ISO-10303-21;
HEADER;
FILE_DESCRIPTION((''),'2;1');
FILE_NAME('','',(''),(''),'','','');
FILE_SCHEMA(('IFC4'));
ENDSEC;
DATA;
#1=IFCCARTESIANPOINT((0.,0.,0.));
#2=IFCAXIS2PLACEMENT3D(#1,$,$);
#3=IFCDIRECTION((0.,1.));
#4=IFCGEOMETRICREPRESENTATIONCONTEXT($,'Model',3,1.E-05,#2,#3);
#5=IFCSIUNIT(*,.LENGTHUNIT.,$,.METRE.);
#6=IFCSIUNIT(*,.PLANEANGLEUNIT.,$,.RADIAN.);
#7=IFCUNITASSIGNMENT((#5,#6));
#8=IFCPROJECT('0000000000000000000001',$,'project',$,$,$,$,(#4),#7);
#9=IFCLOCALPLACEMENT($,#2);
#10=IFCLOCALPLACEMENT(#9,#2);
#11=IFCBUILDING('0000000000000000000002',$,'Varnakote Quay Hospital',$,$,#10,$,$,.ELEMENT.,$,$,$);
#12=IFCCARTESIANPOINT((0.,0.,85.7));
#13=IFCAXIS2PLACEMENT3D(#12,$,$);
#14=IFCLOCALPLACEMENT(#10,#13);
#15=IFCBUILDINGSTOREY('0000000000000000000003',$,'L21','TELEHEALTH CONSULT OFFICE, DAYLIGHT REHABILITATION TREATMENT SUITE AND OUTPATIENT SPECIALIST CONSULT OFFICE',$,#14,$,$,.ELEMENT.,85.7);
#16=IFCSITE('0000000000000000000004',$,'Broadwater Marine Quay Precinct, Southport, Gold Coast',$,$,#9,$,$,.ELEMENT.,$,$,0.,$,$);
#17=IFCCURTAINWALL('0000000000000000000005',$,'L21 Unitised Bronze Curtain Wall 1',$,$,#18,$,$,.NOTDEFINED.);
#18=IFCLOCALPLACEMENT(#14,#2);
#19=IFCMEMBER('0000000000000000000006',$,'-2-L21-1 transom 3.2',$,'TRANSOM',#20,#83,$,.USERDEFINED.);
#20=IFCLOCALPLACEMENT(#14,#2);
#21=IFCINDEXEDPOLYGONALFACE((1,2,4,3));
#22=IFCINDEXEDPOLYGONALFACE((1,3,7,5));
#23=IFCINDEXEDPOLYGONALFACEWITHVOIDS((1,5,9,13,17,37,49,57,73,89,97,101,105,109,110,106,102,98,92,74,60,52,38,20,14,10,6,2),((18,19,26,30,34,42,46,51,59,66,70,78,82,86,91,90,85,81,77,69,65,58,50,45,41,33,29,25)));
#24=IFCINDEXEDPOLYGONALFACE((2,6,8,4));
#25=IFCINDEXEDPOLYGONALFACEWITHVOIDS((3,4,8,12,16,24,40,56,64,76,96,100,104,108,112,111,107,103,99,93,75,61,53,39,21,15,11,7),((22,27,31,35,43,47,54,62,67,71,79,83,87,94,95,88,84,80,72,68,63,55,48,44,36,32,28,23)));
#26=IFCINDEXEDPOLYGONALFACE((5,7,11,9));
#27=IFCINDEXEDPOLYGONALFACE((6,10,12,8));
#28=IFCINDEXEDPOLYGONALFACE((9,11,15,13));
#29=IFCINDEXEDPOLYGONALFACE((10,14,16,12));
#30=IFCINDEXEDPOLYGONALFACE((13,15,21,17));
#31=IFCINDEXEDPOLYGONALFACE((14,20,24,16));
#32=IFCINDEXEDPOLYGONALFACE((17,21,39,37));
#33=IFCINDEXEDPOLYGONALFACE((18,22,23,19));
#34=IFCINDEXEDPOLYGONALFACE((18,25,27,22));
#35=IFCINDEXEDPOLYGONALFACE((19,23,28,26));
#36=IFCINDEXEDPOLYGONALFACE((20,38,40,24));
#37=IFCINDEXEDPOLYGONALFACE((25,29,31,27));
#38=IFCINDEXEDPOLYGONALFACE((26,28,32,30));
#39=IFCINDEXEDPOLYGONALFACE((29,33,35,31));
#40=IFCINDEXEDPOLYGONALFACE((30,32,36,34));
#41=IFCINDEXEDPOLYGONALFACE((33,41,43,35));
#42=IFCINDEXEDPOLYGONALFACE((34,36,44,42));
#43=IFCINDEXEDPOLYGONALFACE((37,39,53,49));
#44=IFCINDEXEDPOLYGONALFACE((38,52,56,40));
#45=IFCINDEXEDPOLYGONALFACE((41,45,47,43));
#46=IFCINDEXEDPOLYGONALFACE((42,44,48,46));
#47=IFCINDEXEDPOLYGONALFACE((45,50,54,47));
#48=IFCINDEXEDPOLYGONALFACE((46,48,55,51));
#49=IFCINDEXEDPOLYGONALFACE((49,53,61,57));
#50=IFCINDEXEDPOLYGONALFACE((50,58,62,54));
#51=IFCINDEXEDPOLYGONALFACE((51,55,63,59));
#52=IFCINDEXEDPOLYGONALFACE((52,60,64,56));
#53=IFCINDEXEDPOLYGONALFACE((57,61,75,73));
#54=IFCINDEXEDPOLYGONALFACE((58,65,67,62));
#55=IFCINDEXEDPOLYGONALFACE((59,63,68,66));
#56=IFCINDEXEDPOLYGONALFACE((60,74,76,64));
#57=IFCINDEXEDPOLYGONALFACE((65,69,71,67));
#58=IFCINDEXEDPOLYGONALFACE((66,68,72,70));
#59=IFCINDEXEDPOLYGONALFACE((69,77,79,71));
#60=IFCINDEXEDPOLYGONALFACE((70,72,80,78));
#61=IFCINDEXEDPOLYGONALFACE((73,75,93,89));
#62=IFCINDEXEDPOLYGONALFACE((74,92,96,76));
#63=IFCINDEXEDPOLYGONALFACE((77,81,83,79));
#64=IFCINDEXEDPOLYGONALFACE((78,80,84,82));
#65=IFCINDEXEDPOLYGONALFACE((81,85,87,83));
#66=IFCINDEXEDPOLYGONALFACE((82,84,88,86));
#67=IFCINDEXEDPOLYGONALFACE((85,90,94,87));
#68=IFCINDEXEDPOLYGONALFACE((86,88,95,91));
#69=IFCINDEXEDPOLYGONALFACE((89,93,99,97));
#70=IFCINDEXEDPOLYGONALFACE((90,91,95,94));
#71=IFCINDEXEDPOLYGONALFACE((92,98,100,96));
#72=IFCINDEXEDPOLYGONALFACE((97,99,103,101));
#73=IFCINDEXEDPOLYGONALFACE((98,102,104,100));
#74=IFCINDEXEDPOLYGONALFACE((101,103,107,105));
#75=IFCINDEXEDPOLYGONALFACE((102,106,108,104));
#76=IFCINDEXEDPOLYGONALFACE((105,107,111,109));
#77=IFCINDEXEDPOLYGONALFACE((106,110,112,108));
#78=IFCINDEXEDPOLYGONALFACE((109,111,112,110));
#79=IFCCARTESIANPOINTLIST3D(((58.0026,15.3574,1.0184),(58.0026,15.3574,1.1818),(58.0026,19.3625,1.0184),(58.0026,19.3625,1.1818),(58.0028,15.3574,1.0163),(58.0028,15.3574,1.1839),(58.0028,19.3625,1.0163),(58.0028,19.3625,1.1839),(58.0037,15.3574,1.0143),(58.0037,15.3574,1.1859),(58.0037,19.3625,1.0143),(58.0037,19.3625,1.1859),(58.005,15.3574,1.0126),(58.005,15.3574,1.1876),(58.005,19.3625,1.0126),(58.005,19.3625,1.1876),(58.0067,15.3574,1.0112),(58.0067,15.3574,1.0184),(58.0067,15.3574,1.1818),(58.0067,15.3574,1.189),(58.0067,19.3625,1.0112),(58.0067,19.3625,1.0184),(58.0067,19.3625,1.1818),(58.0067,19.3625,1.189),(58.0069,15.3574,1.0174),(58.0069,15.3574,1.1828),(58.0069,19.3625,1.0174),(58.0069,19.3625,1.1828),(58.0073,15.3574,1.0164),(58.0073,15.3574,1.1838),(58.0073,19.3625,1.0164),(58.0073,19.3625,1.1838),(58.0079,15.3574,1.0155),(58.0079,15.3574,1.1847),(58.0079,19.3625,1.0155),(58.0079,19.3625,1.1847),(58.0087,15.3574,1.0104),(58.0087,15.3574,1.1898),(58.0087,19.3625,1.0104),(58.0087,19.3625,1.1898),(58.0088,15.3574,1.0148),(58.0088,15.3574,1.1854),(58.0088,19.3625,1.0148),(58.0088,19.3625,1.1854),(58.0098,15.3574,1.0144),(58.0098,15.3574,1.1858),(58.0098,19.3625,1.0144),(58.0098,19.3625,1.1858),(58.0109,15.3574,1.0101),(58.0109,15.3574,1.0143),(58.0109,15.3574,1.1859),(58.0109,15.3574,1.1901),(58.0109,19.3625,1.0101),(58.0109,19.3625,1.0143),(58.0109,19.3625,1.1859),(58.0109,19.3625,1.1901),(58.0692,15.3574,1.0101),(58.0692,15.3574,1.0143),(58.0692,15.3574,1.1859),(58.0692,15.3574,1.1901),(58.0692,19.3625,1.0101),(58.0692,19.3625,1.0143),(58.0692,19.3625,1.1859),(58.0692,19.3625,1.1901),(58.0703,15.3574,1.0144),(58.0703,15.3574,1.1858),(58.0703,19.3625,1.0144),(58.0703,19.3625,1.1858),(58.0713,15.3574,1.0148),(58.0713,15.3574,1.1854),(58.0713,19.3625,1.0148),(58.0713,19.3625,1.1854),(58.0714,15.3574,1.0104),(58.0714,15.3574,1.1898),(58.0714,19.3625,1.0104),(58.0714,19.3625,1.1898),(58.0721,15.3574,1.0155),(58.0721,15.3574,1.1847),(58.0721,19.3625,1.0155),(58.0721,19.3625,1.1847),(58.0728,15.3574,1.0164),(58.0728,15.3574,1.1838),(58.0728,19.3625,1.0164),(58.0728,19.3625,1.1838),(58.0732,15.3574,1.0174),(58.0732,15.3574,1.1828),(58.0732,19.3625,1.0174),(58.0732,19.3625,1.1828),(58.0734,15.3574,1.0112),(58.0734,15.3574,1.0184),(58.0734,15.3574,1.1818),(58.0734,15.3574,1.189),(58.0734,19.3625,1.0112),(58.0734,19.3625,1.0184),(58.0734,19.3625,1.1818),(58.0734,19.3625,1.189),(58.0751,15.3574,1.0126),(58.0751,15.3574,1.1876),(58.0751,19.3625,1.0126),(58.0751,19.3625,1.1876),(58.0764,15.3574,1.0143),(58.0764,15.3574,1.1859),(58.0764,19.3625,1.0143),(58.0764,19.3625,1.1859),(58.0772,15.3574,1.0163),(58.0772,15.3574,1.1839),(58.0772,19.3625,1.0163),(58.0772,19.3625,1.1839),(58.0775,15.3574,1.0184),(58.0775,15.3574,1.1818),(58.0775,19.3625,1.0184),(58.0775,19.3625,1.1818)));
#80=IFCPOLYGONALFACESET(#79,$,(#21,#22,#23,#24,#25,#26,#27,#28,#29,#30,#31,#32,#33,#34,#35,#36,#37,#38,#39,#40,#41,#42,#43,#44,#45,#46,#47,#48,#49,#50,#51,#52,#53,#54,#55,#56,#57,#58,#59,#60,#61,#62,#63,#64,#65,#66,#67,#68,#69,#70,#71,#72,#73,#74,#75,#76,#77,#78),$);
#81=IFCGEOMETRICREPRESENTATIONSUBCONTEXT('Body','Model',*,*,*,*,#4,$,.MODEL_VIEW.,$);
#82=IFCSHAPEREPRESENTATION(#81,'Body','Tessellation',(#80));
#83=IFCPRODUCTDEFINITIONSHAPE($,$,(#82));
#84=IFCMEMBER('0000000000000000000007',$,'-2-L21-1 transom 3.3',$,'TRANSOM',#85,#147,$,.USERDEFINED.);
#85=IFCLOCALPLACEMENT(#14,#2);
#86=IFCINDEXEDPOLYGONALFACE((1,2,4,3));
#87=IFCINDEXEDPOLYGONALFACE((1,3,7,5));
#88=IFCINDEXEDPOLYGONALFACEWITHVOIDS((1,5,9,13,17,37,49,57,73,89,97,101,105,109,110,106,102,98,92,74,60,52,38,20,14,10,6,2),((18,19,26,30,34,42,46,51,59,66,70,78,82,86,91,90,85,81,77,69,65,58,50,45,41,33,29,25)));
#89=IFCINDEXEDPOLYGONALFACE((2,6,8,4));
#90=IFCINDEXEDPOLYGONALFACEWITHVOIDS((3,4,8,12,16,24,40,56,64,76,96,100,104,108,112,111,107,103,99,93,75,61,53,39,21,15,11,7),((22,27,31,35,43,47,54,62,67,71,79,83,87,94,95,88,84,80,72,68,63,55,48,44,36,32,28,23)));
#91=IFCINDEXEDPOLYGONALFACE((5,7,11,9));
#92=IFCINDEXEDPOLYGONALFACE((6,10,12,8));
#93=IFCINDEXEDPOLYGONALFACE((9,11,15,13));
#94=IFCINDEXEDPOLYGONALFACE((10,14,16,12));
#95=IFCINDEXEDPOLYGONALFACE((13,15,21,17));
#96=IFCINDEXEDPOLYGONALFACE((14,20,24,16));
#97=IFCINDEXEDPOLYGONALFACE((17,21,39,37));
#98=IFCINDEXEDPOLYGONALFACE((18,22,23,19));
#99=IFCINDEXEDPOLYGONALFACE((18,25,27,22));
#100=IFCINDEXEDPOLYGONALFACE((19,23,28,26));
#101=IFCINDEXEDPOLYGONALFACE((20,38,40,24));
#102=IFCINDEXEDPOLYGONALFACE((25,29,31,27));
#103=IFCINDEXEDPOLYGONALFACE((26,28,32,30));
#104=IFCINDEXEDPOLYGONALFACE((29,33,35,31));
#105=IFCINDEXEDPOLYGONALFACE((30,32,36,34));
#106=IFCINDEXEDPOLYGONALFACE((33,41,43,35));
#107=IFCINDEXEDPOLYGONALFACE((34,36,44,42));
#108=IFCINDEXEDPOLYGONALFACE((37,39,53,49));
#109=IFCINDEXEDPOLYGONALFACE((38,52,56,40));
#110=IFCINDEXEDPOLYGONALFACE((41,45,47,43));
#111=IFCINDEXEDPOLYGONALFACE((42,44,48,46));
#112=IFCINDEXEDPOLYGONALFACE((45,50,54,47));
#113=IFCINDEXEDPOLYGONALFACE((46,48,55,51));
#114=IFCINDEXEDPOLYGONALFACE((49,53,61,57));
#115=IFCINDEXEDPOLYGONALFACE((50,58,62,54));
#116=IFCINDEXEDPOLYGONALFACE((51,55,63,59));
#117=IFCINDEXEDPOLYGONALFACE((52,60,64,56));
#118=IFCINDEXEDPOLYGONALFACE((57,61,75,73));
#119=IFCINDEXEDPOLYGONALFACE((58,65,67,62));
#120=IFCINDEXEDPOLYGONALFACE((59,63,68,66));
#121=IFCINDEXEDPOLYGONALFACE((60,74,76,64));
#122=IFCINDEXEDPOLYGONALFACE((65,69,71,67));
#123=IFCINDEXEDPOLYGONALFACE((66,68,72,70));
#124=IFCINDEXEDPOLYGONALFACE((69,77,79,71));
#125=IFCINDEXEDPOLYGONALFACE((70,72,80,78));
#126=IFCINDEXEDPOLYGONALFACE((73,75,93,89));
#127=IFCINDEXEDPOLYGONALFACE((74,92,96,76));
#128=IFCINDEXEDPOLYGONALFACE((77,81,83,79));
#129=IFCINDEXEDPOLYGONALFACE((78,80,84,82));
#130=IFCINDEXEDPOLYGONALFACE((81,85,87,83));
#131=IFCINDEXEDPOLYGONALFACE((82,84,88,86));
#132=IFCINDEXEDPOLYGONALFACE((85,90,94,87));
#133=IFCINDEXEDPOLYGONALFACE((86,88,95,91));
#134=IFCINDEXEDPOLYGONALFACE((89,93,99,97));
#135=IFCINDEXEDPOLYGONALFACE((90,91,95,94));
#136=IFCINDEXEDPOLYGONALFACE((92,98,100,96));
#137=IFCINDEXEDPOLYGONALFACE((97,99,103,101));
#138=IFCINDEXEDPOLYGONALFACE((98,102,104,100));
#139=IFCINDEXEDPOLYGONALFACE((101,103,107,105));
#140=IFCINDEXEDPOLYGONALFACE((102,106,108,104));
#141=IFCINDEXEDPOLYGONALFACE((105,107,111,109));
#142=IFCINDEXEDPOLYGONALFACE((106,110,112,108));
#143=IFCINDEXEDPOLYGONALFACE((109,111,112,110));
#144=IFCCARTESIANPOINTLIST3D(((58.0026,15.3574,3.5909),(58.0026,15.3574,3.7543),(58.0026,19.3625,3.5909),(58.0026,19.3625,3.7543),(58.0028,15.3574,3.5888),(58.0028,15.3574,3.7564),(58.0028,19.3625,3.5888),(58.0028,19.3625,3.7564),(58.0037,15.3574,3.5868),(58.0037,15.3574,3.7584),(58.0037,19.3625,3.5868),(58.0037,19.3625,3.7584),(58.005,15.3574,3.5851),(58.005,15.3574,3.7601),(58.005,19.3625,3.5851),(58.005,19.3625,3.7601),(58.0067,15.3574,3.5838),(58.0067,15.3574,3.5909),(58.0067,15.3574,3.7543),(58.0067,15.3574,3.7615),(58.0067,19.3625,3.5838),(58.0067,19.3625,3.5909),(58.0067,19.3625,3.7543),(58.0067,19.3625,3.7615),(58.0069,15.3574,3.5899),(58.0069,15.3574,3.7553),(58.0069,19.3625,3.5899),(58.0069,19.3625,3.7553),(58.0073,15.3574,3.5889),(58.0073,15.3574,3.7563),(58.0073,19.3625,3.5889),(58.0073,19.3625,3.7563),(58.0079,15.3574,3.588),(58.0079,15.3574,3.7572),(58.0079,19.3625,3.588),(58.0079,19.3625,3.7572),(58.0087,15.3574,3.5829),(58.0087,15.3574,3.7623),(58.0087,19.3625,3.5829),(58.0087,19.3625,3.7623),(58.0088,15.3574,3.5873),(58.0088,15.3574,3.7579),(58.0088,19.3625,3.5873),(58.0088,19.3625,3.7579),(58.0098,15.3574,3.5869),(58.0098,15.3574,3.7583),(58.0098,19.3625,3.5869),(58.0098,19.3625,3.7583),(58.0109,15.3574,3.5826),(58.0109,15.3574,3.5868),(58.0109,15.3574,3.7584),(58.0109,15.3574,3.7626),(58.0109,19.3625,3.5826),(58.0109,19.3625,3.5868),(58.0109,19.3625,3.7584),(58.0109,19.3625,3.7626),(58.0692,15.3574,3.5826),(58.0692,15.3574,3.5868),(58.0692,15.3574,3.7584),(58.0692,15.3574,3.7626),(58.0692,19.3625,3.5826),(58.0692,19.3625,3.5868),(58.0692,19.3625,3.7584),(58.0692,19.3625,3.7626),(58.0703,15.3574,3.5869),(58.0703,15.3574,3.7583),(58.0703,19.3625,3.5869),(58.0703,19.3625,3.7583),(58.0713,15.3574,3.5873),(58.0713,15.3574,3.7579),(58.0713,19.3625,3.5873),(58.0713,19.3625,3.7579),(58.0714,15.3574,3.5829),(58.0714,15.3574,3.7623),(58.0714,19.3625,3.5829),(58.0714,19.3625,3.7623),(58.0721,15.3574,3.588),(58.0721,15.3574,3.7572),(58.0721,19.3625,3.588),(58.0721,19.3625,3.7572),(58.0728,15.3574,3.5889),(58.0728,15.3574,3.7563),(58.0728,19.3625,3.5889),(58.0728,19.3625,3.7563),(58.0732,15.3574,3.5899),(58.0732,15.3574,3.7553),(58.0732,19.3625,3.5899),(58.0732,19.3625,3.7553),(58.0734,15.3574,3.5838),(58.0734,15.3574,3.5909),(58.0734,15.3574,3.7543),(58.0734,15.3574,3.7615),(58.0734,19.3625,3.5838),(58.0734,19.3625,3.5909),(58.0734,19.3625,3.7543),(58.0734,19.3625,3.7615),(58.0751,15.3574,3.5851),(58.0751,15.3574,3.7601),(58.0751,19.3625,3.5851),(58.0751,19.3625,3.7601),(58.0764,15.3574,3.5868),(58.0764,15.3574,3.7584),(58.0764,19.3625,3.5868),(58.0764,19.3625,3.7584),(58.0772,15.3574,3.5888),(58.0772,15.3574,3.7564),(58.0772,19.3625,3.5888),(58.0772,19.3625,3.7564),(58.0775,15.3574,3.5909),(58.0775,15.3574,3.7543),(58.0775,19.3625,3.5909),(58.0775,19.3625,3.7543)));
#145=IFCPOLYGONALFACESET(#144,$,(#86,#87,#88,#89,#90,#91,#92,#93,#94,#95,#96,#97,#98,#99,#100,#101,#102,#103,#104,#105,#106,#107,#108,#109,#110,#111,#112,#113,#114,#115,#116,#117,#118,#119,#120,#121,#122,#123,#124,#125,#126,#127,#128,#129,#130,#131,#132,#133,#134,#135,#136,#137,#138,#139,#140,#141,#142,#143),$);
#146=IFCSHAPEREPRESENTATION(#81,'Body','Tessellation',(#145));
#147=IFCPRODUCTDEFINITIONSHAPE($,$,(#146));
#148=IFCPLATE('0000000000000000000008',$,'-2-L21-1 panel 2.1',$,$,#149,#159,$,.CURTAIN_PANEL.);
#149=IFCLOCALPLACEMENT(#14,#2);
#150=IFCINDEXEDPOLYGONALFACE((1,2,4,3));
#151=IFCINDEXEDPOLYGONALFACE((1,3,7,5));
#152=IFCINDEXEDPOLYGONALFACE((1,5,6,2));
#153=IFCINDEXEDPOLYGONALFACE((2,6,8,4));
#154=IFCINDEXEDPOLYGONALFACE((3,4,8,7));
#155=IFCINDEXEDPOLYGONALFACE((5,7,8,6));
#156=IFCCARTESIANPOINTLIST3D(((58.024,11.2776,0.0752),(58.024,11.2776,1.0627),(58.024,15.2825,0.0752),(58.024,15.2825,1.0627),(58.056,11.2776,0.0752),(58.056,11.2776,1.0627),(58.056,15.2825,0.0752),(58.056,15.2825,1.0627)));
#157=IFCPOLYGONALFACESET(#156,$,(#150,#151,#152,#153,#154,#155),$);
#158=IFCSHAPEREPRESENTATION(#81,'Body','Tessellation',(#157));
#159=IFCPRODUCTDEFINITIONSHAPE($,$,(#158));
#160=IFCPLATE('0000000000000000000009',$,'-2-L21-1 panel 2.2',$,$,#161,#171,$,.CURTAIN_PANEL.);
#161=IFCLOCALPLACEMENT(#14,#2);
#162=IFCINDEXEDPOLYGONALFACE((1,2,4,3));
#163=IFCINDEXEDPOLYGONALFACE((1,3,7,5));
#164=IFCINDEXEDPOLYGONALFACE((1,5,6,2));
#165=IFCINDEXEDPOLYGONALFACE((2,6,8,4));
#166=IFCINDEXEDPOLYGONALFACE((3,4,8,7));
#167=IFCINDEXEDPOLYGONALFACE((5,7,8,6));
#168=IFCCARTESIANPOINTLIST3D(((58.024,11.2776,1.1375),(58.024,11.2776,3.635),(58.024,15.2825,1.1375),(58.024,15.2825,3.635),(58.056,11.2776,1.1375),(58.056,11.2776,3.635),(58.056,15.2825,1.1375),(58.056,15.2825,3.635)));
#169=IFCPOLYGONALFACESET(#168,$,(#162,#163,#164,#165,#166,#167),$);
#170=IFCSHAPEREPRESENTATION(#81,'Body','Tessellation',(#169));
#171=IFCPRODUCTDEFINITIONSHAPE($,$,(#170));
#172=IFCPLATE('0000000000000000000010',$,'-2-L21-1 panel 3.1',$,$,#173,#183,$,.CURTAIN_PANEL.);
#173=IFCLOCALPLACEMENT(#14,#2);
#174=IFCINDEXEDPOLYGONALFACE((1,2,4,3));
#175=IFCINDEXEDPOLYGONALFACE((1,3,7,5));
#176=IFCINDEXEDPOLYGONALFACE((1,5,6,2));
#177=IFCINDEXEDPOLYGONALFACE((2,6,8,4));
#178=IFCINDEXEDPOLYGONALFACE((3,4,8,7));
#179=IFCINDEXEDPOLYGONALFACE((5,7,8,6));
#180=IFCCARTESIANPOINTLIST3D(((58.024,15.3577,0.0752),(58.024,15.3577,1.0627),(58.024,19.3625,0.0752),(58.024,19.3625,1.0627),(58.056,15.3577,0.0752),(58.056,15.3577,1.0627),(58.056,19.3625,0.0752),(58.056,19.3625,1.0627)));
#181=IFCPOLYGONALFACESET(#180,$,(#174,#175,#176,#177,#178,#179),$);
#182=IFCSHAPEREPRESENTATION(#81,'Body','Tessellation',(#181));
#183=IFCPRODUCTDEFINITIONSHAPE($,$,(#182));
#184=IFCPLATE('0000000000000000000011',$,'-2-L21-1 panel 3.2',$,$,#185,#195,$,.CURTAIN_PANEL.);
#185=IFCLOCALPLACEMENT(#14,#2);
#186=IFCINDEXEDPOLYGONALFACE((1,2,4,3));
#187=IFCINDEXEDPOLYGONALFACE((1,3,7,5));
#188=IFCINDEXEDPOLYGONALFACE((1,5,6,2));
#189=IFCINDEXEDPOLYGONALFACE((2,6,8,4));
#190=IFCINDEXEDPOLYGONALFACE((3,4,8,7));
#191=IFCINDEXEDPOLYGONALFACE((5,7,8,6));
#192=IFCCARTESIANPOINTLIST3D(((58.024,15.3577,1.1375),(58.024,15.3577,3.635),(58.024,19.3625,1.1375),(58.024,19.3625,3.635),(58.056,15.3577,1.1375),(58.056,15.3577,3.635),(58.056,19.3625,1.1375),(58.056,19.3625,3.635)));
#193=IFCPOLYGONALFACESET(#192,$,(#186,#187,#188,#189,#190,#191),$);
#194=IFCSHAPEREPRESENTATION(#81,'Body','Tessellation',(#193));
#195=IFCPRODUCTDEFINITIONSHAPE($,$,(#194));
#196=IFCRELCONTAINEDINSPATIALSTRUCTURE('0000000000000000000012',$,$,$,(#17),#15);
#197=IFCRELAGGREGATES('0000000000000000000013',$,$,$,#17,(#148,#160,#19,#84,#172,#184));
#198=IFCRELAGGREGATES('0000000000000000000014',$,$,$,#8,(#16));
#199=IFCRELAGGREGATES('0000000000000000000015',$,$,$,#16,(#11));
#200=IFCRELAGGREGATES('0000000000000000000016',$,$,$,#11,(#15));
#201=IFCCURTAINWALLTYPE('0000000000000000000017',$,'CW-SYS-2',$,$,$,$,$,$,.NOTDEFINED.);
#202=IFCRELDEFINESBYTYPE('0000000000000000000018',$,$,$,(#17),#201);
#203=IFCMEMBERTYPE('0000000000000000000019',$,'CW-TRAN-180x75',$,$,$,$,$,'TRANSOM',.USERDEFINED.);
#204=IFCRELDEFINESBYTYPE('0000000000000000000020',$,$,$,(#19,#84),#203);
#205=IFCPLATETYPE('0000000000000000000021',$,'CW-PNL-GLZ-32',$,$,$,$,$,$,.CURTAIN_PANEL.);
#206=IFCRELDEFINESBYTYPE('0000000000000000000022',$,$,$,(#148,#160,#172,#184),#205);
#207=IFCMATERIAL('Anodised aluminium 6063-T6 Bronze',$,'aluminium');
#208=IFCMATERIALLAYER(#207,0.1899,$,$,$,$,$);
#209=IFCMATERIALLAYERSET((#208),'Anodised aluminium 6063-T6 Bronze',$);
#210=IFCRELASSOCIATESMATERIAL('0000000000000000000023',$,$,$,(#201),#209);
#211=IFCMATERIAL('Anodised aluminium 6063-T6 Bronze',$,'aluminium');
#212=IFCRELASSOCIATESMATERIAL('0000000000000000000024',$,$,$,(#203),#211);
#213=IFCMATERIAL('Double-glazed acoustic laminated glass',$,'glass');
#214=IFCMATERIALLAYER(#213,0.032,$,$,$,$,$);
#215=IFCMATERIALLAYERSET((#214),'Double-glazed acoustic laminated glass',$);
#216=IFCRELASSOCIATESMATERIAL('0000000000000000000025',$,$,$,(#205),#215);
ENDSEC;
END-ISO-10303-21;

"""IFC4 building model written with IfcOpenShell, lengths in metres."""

from ifc_helpers import new_model, si_unit, direction, frame, origin, origin_2d, place, context, subcontext, project, spatial, rectangle, hollow_rectangle, extrude, material, layer, layer_set, material_profile, profile_set, type_object, element, aggregate, save


model = new_model("IFC4")

# Units and contexts
model_context = context("Model", 3, precision=1e-05, world=origin(), true_north=direction((0.0, 1.0)))
body_context = subcontext(model_context, "Body", "Model", "MODEL_VIEW")
ifc_project = project(units=[si_unit("LENGTHUNIT", "METRE"), si_unit("PLANEANGLEUNIT", "RADIAN")], contexts=[model_context])

# Site, building, storey
site_placement = place(None, origin())
site = spatial("IfcSite", under=ifc_project, at=site_placement, Name="Broadwater Marine Quay Precinct, Southport, Gold Coast", CompositionType="ELEMENT", RefElevation=0.0)
building_placement = place(site_placement, origin())
building = spatial("IfcBuilding", under=site, at=building_placement, Name="Varnakote Quay Hospital", CompositionType="ELEMENT")
storey_placement = place(building_placement, frame((0.0, 0.0, 85.7)))
storey = spatial("IfcBuildingStorey", under=building, at=storey_placement, Name="L21", Description="TELEHEALTH CONSULT OFFICE, DAYLIGHT REHABILITATION TREATMENT SUITE AND OUTPATIENT SPECIALIST CONSULT OFFICE", CompositionType="ELEMENT", Elevation=85.7)

# Curtain wall, members, plates
ifc_material_1 = material(Name="Anodised aluminium 6063-T6 Bronze", Category="aluminium")
ifc_layer_1 = layer(ifc_material_1, 0.1899)
ifc_layer_set_1 = layer_set([ifc_layer_1], Name="Anodised aluminium 6063-T6 Bronze")
curtain_wall_type = type_object("IfcCurtainWallType", Name="CW-SYS-2", PredefinedType="NOTDEFINED", material=ifc_layer_set_1)
curtain_wall_placement = place(storey_placement, origin())
curtain_wall = element("IfcCurtainWall", 1, at=curtain_wall_placement, inside=storey, type_object=curtain_wall_type, Name="L21 Unitised Bronze Curtain Wall 1", PredefinedType="NOTDEFINED")
ifc_material_2 = material(Name="Anodised aluminium 6063-T6 Bronze", Category="aluminium")
ifc_material_profile_1 = material_profile(ifc_material_2, hollow_rectangle(XDim=0.075, YDim=0.1799, WallThickness=0.0042, InnerFilletRadius=0.0042, OuterFilletRadius=0.0083, at=origin_2d()), Name="CW-TRAN-180x75")
ifc_profile_set_1 = profile_set([ifc_material_profile_1], Name="Anodised aluminium 6063-T6 Bronze")
member_type_1 = type_object("IfcMemberType", Name="CW-TRAN-180x75", ElementType="TRANSOM", PredefinedType="USERDEFINED", material=ifc_profile_set_1)
member_1_placement = place(storey_placement, frame((58.04, 15.3574, 1.1001), z_axis=(0.0, 1.0, 0.0), x_axis=(-1.0, 0.0, 0.0)))
member_1 = element("IfcMember", 2, at=member_1_placement, type_object=member_type_1, Name="-2-L21-1 transom 3.2", ObjectType="TRANSOM", PredefinedType="USERDEFINED", context=body_context, shape_type="SweptSolid", body=[
    extrude(hollow_rectangle(XDim=0.075, YDim=0.1799, WallThickness=0.0042, InnerFilletRadius=0.0042, OuterFilletRadius=0.0083, at=origin_2d()), origin(), (0.0, 0.0, 1.0), 4.0051),
])
member_2_placement = place(storey_placement, frame((58.04, 15.3574, 3.6726), z_axis=(0.0, 1.0, 0.0), x_axis=(-1.0, 0.0, 0.0)))
member_2 = element("IfcMember", 3, at=member_2_placement, type_object=member_type_1, Name="-2-L21-1 transom 3.3", ObjectType="TRANSOM", PredefinedType="USERDEFINED", context=body_context, shape_type="SweptSolid", body=[
    extrude(hollow_rectangle(XDim=0.075, YDim=0.1799, WallThickness=0.0042, InnerFilletRadius=0.0042, OuterFilletRadius=0.0083, at=origin_2d()), origin(), (0.0, 0.0, 1.0), 4.0051),
])
ifc_material_3 = material(Name="Double-glazed acoustic laminated glass", Category="glass")
ifc_layer_2 = layer(ifc_material_3, 0.032)
ifc_layer_set_2 = layer_set([ifc_layer_2], Name="Double-glazed acoustic laminated glass")
plate_type = type_object("IfcPlateType", Name="CW-PNL-GLZ-32", PredefinedType="CURTAIN_PANEL", material=ifc_layer_set_2)
plate_1_placement = place(storey_placement, frame((58.04, 13.28, 0.0752), z_axis=(0.0, 0.0, 1.0), x_axis=(0.0, 1.0, 0.0)))
plate_1 = element("IfcPlate", 4, at=plate_1_placement, type_object=plate_type, Name="-2-L21-1 panel 2.1", PredefinedType="CURTAIN_PANEL", context=body_context, shape_type="SweptSolid", body=[
    extrude(rectangle(XDim=4.0049, YDim=0.032, at=origin_2d()), origin(), (0.0, 0.0, 1.0), 0.9875),
])
plate_2_placement = place(storey_placement, frame((58.04, 13.28, 1.1375), z_axis=(0.0, 0.0, 1.0), x_axis=(0.0, 1.0, 0.0)))
plate_2 = element("IfcPlate", 5, at=plate_2_placement, type_object=plate_type, Name="-2-L21-1 panel 2.2", PredefinedType="CURTAIN_PANEL", context=body_context, shape_type="SweptSolid", body=[
    extrude(rectangle(XDim=4.0049, YDim=0.032, at=origin_2d()), origin(), (0.0, 0.0, 1.0), 2.4976),
])
plate_3_placement = place(storey_placement, frame((58.04, 17.3601, 0.0752), z_axis=(0.0, 0.0, 1.0), x_axis=(0.0, 1.0, 0.0)))
plate_3 = element("IfcPlate", 6, at=plate_3_placement, type_object=plate_type, Name="-2-L21-1 panel 3.1", PredefinedType="CURTAIN_PANEL", context=body_context, shape_type="SweptSolid", body=[
    extrude(rectangle(XDim=4.0049, YDim=0.032, at=origin_2d()), origin(), (0.0, 0.0, 1.0), 0.9875),
])
plate_4_placement = place(storey_placement, frame((58.04, 17.3601, 1.1375), z_axis=(0.0, 0.0, 1.0), x_axis=(0.0, 1.0, 0.0)))
plate_4 = element("IfcPlate", 7, at=plate_4_placement, type_object=plate_type, Name="-2-L21-1 panel 3.2", PredefinedType="CURTAIN_PANEL", context=body_context, shape_type="SweptSolid", body=[
    extrude(rectangle(XDim=4.0049, YDim=0.032, at=origin_2d()), origin(), (0.0, 0.0, 1.0), 2.4976),
])
aggregate(curtain_wall, [plate_1, plate_2, member_1, member_2, plate_3, plate_4])

save(model, "model.ifc")
